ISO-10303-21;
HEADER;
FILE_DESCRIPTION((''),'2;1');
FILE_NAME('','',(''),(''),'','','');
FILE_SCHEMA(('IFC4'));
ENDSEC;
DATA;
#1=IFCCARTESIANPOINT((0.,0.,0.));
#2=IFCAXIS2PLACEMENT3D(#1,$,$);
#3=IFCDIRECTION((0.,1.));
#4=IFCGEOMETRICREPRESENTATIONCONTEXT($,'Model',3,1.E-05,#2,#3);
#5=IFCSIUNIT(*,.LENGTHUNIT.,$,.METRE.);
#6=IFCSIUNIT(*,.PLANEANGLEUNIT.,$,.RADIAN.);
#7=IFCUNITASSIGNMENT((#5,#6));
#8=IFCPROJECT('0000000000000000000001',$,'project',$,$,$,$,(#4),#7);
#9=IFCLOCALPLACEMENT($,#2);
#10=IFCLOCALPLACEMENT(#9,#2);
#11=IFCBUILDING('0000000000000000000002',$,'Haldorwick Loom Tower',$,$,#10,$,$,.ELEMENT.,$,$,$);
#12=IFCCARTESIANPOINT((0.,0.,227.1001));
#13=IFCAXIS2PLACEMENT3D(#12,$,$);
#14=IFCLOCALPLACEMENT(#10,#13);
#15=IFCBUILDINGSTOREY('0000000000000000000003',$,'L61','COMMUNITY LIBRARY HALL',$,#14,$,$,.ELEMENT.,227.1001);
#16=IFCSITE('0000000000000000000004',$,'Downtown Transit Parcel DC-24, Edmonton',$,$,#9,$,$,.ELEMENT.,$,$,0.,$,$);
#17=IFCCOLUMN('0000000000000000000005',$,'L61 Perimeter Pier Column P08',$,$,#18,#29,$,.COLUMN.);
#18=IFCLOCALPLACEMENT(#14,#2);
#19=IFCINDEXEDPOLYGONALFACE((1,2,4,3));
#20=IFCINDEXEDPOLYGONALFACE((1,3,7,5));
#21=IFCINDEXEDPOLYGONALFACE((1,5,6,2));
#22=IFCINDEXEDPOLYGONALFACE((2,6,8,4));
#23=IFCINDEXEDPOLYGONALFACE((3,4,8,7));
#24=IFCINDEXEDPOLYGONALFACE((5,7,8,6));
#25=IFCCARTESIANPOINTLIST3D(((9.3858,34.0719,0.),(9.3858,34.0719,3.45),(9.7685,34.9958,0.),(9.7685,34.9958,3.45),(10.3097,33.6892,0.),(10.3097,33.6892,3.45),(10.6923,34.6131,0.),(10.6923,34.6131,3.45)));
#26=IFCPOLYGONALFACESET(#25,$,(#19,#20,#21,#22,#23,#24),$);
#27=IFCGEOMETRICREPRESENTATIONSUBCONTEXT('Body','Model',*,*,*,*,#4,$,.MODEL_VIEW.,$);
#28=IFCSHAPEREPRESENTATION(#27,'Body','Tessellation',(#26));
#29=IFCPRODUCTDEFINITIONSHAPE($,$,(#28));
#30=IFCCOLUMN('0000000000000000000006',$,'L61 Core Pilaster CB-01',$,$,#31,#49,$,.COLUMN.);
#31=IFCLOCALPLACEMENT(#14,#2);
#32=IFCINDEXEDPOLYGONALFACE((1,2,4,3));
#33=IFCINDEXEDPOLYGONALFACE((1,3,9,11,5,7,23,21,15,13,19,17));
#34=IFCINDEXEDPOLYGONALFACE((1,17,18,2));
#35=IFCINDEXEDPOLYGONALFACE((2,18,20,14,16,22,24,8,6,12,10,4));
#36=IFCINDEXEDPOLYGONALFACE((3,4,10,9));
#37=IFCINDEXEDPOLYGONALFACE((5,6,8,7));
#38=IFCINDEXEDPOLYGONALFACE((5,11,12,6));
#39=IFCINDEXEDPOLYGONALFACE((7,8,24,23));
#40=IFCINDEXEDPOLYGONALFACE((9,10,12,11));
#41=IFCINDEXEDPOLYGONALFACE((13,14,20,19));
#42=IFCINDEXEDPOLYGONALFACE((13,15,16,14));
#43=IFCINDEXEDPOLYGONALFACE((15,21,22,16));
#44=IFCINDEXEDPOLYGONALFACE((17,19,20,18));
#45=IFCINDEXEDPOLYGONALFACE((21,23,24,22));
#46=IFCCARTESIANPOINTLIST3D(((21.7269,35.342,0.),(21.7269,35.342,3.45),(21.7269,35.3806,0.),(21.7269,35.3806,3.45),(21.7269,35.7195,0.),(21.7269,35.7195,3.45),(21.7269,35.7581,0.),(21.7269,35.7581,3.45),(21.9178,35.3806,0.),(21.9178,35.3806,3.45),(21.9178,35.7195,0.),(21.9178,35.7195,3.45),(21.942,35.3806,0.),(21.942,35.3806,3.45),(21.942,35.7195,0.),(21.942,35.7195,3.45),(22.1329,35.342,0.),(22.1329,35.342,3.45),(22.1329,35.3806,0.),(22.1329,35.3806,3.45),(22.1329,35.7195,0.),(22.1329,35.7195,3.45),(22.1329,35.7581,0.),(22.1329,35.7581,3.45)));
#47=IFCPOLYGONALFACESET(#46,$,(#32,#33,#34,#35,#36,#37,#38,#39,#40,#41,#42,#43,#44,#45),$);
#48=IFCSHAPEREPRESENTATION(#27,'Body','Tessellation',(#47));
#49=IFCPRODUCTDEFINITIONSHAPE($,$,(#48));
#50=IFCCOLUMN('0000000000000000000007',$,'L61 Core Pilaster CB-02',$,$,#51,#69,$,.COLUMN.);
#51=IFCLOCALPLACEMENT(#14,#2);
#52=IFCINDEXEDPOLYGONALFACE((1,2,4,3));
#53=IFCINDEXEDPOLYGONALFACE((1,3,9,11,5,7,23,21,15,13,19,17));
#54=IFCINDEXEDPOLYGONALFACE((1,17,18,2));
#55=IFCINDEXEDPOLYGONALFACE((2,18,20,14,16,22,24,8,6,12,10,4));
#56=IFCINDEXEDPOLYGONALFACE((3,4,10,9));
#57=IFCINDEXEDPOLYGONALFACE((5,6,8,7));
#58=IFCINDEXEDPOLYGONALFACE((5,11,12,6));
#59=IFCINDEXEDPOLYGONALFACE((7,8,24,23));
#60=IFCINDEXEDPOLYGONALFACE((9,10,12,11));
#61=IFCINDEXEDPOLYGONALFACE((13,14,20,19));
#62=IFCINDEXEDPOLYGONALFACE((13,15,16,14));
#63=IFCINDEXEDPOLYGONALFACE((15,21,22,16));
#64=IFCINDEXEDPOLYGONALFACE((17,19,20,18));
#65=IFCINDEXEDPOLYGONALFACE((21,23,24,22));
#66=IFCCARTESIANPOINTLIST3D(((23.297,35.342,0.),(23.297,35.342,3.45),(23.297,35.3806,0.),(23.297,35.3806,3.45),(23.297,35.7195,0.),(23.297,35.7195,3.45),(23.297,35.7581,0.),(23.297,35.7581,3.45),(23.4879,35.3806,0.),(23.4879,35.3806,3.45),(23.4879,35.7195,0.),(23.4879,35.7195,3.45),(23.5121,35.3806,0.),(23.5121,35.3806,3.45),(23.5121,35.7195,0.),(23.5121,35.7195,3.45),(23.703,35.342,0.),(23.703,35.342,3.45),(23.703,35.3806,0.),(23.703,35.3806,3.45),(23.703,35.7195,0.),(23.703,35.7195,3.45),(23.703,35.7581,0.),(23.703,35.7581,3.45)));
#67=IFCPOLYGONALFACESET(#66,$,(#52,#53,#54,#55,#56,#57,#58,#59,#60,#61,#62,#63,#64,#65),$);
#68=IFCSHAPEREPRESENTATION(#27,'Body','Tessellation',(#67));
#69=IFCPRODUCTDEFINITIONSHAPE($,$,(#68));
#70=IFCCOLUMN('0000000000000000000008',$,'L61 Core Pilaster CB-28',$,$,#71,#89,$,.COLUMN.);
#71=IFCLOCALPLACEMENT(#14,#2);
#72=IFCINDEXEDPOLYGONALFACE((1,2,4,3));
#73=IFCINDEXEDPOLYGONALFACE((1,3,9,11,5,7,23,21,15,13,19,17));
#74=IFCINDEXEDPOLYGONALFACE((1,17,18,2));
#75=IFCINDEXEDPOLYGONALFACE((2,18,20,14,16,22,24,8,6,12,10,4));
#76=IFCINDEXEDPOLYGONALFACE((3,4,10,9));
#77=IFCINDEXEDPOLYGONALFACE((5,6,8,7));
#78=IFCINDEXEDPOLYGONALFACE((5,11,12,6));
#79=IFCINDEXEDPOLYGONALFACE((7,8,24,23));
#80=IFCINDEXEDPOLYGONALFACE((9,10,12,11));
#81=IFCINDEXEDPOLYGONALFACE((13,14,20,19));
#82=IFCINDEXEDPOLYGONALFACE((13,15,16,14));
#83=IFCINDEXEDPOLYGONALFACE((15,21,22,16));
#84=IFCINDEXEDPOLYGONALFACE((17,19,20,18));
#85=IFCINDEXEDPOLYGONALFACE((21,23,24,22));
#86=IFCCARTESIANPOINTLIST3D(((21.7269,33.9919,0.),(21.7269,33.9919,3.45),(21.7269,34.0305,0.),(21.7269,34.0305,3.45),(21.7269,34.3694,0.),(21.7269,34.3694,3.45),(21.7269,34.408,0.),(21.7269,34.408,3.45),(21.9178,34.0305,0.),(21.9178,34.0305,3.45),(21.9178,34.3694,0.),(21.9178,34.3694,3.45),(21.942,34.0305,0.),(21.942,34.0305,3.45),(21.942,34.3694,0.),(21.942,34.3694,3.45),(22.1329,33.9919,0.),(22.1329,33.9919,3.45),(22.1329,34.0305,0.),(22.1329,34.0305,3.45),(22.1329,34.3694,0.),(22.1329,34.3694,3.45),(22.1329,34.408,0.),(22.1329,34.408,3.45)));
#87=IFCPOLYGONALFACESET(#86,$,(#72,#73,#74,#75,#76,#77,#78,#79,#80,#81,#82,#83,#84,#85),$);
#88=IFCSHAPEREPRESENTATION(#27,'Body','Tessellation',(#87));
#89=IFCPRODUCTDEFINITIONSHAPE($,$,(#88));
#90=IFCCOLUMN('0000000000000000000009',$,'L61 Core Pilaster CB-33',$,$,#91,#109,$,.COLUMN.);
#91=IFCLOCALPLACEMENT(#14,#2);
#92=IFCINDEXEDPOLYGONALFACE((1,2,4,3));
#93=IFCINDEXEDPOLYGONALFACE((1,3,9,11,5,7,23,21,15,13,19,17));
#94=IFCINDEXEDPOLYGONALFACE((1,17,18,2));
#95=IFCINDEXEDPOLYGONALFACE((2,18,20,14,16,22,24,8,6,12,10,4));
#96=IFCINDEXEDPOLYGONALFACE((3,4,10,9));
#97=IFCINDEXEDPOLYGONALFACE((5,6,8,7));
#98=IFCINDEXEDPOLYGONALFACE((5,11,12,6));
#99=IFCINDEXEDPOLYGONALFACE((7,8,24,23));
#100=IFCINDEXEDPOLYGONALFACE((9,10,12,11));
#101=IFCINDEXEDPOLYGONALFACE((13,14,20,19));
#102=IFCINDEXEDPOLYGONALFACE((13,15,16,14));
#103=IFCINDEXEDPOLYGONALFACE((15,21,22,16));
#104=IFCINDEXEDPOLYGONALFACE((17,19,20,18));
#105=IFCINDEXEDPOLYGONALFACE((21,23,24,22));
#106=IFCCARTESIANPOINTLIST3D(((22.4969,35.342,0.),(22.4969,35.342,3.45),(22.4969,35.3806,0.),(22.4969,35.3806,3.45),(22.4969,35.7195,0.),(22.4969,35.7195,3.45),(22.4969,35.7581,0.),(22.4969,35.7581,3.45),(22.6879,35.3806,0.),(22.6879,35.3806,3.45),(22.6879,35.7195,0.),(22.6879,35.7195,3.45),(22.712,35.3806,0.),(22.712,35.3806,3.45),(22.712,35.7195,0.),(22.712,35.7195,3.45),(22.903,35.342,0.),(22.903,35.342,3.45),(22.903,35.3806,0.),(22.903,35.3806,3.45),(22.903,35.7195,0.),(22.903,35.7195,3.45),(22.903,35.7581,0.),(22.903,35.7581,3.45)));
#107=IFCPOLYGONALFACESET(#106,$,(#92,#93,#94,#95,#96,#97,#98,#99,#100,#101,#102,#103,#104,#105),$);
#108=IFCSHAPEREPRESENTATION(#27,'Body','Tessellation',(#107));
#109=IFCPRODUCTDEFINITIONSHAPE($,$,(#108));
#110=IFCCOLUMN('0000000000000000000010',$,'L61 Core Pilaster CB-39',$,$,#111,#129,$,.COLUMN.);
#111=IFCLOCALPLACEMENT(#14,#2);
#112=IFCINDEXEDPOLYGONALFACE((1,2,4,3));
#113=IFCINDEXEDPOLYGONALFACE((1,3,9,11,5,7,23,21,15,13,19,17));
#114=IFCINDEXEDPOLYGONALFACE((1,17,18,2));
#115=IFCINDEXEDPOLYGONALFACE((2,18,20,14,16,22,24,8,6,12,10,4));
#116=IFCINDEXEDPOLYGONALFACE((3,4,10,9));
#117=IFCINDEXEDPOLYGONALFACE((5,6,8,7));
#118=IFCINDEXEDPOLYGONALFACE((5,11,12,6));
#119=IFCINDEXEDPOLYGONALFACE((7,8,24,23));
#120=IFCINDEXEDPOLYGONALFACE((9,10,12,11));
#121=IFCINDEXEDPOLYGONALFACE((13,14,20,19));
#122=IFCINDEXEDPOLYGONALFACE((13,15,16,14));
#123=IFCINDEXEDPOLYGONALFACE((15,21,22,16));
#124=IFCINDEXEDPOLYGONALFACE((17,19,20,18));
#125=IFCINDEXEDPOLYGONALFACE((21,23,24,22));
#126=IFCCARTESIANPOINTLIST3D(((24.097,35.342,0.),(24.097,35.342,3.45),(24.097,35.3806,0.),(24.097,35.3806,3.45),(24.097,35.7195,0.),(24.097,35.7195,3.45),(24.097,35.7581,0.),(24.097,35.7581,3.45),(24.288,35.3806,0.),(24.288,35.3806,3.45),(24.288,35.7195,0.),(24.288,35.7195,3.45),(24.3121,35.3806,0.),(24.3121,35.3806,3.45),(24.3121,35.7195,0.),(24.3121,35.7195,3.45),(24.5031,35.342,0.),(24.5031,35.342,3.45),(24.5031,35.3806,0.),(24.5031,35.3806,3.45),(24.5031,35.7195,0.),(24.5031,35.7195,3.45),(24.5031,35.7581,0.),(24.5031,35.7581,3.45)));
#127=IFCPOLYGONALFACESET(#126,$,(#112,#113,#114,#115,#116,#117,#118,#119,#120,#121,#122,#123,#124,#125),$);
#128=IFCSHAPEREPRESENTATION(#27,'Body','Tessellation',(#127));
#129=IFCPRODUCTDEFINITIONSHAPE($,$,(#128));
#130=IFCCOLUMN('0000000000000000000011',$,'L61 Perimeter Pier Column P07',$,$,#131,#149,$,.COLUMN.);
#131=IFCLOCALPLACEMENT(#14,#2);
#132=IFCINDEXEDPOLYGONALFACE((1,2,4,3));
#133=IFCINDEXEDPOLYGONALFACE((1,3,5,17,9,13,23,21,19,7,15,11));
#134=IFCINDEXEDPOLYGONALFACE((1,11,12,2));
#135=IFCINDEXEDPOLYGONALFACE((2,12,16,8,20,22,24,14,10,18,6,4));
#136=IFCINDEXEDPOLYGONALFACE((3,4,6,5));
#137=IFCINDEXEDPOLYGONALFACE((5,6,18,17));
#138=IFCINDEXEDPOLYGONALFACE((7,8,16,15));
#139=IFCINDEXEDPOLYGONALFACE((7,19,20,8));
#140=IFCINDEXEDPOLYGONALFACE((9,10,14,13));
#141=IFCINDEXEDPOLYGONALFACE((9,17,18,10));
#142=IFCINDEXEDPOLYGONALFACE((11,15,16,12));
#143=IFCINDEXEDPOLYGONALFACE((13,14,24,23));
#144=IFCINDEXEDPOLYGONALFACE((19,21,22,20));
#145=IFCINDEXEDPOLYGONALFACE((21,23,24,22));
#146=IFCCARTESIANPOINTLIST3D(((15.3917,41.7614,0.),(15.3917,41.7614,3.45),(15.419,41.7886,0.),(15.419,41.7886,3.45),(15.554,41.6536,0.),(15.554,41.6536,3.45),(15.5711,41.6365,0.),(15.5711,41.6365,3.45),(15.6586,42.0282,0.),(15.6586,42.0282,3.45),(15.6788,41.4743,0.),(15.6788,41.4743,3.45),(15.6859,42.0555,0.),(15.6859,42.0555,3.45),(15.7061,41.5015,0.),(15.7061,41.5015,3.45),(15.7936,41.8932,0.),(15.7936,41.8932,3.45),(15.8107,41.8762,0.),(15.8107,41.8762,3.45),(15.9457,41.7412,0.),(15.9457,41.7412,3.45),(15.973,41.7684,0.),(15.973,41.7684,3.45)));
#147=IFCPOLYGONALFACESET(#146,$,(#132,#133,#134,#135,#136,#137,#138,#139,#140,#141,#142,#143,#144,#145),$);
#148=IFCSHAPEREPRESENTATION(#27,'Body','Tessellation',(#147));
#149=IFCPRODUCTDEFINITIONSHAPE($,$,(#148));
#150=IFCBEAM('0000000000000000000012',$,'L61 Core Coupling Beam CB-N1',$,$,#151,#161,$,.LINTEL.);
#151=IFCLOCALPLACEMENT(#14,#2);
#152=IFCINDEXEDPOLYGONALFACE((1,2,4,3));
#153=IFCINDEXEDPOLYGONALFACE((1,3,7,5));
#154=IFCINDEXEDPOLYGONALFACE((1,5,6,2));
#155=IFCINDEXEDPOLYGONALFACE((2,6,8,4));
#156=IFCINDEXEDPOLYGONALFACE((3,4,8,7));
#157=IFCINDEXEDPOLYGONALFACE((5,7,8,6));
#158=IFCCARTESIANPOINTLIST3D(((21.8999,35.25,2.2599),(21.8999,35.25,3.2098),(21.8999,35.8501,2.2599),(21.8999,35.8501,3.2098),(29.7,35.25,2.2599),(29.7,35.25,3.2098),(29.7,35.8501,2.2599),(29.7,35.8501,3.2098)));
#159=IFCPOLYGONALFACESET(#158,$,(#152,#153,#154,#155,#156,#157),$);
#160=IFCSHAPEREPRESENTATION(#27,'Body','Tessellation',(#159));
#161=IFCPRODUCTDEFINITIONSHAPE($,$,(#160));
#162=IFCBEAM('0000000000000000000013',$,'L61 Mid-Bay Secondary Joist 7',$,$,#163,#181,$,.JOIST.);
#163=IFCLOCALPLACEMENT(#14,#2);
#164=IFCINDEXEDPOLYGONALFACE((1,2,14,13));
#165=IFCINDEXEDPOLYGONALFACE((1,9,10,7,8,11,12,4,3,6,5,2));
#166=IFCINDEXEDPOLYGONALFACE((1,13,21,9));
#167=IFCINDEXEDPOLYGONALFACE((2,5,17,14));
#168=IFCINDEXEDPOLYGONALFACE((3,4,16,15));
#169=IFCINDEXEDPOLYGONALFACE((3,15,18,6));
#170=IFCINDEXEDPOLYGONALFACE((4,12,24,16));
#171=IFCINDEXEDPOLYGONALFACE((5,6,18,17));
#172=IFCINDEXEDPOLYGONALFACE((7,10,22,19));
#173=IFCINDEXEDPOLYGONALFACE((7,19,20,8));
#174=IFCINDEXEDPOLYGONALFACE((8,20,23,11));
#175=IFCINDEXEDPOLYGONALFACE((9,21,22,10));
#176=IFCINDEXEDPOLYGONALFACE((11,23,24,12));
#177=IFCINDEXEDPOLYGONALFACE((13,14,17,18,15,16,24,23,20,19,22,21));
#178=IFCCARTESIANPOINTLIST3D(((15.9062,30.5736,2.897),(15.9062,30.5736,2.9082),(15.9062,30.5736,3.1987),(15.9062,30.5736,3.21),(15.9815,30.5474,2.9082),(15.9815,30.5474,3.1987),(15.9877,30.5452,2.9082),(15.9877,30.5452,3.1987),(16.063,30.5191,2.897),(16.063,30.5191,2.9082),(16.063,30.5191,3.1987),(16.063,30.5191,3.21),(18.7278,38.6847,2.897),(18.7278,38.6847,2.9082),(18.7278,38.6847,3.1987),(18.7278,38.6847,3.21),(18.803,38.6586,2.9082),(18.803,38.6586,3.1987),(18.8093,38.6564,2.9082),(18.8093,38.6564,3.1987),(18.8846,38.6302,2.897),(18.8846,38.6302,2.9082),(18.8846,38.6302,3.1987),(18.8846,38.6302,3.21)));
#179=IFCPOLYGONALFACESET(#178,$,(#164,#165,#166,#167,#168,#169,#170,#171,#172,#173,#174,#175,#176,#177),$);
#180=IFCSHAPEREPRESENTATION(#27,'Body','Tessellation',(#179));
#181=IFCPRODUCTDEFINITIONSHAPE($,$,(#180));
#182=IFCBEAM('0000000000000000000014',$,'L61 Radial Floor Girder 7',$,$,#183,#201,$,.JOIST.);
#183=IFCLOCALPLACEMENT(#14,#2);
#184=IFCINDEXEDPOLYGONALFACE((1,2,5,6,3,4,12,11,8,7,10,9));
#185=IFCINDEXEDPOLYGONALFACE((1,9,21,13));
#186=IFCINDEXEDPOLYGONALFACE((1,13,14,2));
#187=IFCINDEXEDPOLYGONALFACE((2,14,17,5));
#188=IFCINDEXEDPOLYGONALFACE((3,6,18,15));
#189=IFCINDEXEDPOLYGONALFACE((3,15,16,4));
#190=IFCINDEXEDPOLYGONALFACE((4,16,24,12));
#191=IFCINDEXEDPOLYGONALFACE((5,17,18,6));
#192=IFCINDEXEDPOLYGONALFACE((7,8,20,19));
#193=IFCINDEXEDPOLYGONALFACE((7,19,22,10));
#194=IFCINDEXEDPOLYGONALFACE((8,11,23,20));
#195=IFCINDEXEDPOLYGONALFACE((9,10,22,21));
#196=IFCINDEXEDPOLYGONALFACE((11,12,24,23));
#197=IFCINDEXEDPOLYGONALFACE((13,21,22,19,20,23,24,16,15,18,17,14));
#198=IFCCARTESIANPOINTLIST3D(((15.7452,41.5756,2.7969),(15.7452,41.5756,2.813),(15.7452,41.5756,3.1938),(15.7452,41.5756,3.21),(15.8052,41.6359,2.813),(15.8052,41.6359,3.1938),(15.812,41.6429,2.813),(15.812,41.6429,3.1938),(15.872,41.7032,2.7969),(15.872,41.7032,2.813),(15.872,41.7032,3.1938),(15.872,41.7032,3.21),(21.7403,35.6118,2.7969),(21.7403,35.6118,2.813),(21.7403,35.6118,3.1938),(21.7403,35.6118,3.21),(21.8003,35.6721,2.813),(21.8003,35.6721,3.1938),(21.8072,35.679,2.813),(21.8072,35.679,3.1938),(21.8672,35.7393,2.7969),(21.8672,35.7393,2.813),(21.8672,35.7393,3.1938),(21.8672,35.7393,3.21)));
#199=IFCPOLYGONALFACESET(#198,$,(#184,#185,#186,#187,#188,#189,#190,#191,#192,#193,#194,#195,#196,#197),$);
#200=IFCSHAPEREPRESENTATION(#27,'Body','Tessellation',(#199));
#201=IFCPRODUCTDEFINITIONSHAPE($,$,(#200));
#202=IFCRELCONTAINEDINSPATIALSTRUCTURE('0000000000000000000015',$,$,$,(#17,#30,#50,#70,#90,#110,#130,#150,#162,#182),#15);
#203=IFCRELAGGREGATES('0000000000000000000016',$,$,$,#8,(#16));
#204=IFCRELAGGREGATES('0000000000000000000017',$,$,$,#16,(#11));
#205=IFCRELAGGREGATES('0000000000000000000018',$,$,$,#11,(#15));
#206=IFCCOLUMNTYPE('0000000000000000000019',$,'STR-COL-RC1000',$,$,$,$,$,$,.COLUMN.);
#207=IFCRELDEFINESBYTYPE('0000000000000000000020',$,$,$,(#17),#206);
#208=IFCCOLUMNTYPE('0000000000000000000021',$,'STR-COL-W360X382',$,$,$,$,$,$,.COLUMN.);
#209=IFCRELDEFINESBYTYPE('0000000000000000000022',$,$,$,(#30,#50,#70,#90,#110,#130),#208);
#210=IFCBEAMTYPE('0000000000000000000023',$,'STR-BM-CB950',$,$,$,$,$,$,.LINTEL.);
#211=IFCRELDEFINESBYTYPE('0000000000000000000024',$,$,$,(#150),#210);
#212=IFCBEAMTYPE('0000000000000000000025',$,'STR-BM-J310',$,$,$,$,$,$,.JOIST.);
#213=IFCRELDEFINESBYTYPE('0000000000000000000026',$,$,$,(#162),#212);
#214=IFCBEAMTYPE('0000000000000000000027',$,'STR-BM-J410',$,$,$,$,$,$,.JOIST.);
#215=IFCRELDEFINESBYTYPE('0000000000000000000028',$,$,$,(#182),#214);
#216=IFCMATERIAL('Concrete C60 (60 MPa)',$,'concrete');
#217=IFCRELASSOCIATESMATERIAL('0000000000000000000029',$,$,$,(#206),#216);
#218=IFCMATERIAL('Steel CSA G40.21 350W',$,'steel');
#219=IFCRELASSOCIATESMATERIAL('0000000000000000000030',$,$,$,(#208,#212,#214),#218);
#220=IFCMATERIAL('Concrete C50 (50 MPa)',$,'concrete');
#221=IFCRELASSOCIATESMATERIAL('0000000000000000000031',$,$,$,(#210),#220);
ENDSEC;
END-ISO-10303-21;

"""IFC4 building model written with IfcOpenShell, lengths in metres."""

from ifc_helpers import new_model, si_unit, direction, frame, origin, origin_2d, place, context, subcontext, project, spatial, rectangle, i_section, extrude, material, material_profile, profile_set, type_object, element, save


model = new_model("IFC4")

# Units and contexts
model_context = context("Model", 3, precision=1e-05, world=origin(), true_north=direction((0.0, 1.0)))
body_context = subcontext(model_context, "Body", "Model", "MODEL_VIEW")
ifc_project = project(units=[si_unit("LENGTHUNIT", "METRE"), si_unit("PLANEANGLEUNIT", "RADIAN")], contexts=[model_context])

# Site, building, storey
site_placement = place(None, origin())
site = spatial("IfcSite", under=ifc_project, at=site_placement, Name="Downtown Transit Parcel DC-24, Edmonton", CompositionType="ELEMENT", RefElevation=0.0)
building_placement = place(site_placement, origin())
building = spatial("IfcBuilding", under=site, at=building_placement, Name="Haldorwick Loom Tower", CompositionType="ELEMENT")
storey_placement = place(building_placement, frame((0.0, 0.0, 227.1001)))
storey = spatial("IfcBuildingStorey", under=building, at=storey_placement, Name="L61", Description="COMMUNITY LIBRARY HALL", CompositionType="ELEMENT", Elevation=227.1001)

# Columns
ifc_material_1 = material(Name="Concrete C60 (60 MPa)", Category="concrete")
ifc_material_profile_1 = material_profile(ifc_material_1, rectangle(XDim=1.0, YDim=1.0, at=origin_2d()), Name="RC1000X1000", Category="concrete")
ifc_profile_set_1 = profile_set([ifc_material_profile_1], Name="Concrete C60 (60 MPa)")
column_type_1 = type_object("IfcColumnType", Name="STR-COL-RC1000", PredefinedType="COLUMN", material=ifc_profile_set_1)
column_placement = place(storey_placement, frame((10.0391, 34.3425, 0.0), z_axis=(0.0, 0.0, 1.0), x_axis=(-0.92388, 0.382683, 0.0)))
element("IfcColumn", 1, at=column_placement, inside=storey, type_object=column_type_1, Name="L61 Perimeter Pier Column P08", PredefinedType="COLUMN", context=body_context, shape_type="SweptSolid", body=[
    extrude(rectangle(XDim=1.0, YDim=1.0, at=origin_2d()), origin(), (0.0, 0.0, 1.0), 3.45),
])
ifc_material_2 = material(Name="Steel CSA G40.21 350W", Category="steel")
ifc_material_profile_2 = material_profile(ifc_material_2, i_section(OverallWidth=0.406, OverallDepth=0.416, WebThickness=0.0242, FlangeThickness=0.0386, at=origin_2d()), Name="W360X382", Category="steel")
ifc_profile_set_2 = profile_set([ifc_material_profile_2], Name="Steel CSA G40.21 350W")
column_type_2 = type_object("IfcColumnType", Name="STR-COL-W360X382", PredefinedType="COLUMN", material=ifc_profile_set_2)
for number, where, z_axis, x_axis, name in (
    (2, (21.9299, 35.55, 0.0), (0.0, 0.0, 1.0), (1.0, 0.0, 0.0), "L61 Core Pilaster CB-01"),
    (3, (23.5, 35.55, 0.0), (0.0, 0.0, 1.0), (1.0, 0.0, 0.0), "L61 Core Pilaster CB-02"),
    (4, (21.9299, 34.2, 0.0), (0.0, 0.0, 1.0), (1.0, 0.0, 0.0), "L61 Core Pilaster CB-28"),
    (5, (22.7, 35.55, 0.0), (0.0, 0.0, 1.0), (1.0, 0.0, 0.0), "L61 Core Pilaster CB-33"),
    (6, (24.3, 35.55, 0.0), (0.0, 0.0, 1.0), (1.0, 0.0, 0.0), "L61 Core Pilaster CB-39"),
    (7, (15.6824, 41.7649, 0.0), (0.0, 0.0, 1.0), (-0.707107, 0.707107, 0.0), "L61 Perimeter Pier Column P07"),
):
    element("IfcColumn", number, at=place(storey_placement, frame(where, z_axis=z_axis, x_axis=x_axis)), inside=storey, type_object=column_type_2, Name=name, PredefinedType="COLUMN", context=body_context, shape_type="SweptSolid", body=[
        extrude(i_section(OverallWidth=0.406, OverallDepth=0.416, WebThickness=0.0242, FlangeThickness=0.0386, at=origin_2d()), origin(), (0.0, 0.0, 1.0), 3.45),
    ])

# Beams
ifc_material_3 = material(Name="Concrete C50 (50 MPa)", Category="concrete")
ifc_material_profile_3 = material_profile(ifc_material_3, rectangle(XDim=0.6001, YDim=0.95, at=origin_2d()), Name="RC600X950", Category="concrete")
ifc_profile_set_3 = profile_set([ifc_material_profile_3], Name="Concrete C50 (50 MPa)")
beam_type_1 = type_object("IfcBeamType", Name="STR-BM-CB950", PredefinedType="LINTEL", material=ifc_profile_set_3)
beam_1_placement = place(storey_placement, frame((21.8999, 35.55, 2.7349), z_axis=(1.0, 0.0, 0.0), x_axis=(0.0, 1.0, 0.0)))
element("IfcBeam", 8, at=beam_1_placement, inside=storey, type_object=beam_type_1, Name="L61 Core Coupling Beam CB-N1", PredefinedType="LINTEL", context=body_context, shape_type="SweptSolid", body=[
    extrude(rectangle(XDim=0.6001, YDim=0.95, at=origin_2d()), origin(), (0.0, 0.0, 1.0), 7.8),
])
ifc_material_profile_4 = material_profile(ifc_material_2, i_section(OverallWidth=0.166, OverallDepth=0.313, WebThickness=0.0066, FlangeThickness=0.0112, at=origin_2d()), Name="W310X45", Category="steel")
ifc_profile_set_4 = profile_set([ifc_material_profile_4], Name="Steel CSA G40.21 350W")
beam_type_2 = type_object("IfcBeamType", Name="STR-BM-J310", PredefinedType="JOIST", material=ifc_profile_set_4)
beam_2_placement = place(storey_placement, frame((18.8062, 38.6575, 3.0535), z_axis=(-0.32855, -0.944486, 0.0), x_axis=(0.944486, -0.32855, 0.0)))
element("IfcBeam", 9, at=beam_2_placement, inside=storey, type_object=beam_type_2, Name="L61 Mid-Bay Secondary Joist 7", PredefinedType="JOIST", context=body_context, shape_type="SweptSolid", body=[
    extrude(i_section(OverallWidth=0.166, OverallDepth=0.313, WebThickness=0.0066, FlangeThickness=0.0112, at=origin_2d()), origin(), (0.0, 0.0, 1.0), 8.5879),
])
ifc_material_profile_5 = material_profile(ifc_material_2, i_section(OverallWidth=0.1799, OverallDepth=0.4131, WebThickness=0.0098, FlangeThickness=0.0161, at=origin_2d()), Name="W410X74", Category="steel")
ifc_profile_set_5 = profile_set([ifc_material_profile_5], Name="Steel CSA G40.21 350W")
beam_type_3 = type_object("IfcBeamType", Name="STR-BM-J410", PredefinedType="JOIST", material=ifc_profile_set_5)
beam_3_placement = place(storey_placement, frame((21.8037, 35.6755, 3.0034), z_axis=(-0.708952, 0.705257, 0.0), x_axis=(-0.705257, -0.708952, 0.0)))
element("IfcBeam", 10, at=beam_3_placement, inside=storey, type_object=beam_type_3, Name="L61 Radial Floor Girder 7", PredefinedType="JOIST", context=body_context, shape_type="SweptSolid", body=[
    extrude(i_section(OverallWidth=0.1799, OverallDepth=0.4131, WebThickness=0.0098, FlangeThickness=0.0161, at=origin_2d()), origin(), (0.0, 0.0, 1.0), 8.4563),
])

save(model, "model.ifc")
